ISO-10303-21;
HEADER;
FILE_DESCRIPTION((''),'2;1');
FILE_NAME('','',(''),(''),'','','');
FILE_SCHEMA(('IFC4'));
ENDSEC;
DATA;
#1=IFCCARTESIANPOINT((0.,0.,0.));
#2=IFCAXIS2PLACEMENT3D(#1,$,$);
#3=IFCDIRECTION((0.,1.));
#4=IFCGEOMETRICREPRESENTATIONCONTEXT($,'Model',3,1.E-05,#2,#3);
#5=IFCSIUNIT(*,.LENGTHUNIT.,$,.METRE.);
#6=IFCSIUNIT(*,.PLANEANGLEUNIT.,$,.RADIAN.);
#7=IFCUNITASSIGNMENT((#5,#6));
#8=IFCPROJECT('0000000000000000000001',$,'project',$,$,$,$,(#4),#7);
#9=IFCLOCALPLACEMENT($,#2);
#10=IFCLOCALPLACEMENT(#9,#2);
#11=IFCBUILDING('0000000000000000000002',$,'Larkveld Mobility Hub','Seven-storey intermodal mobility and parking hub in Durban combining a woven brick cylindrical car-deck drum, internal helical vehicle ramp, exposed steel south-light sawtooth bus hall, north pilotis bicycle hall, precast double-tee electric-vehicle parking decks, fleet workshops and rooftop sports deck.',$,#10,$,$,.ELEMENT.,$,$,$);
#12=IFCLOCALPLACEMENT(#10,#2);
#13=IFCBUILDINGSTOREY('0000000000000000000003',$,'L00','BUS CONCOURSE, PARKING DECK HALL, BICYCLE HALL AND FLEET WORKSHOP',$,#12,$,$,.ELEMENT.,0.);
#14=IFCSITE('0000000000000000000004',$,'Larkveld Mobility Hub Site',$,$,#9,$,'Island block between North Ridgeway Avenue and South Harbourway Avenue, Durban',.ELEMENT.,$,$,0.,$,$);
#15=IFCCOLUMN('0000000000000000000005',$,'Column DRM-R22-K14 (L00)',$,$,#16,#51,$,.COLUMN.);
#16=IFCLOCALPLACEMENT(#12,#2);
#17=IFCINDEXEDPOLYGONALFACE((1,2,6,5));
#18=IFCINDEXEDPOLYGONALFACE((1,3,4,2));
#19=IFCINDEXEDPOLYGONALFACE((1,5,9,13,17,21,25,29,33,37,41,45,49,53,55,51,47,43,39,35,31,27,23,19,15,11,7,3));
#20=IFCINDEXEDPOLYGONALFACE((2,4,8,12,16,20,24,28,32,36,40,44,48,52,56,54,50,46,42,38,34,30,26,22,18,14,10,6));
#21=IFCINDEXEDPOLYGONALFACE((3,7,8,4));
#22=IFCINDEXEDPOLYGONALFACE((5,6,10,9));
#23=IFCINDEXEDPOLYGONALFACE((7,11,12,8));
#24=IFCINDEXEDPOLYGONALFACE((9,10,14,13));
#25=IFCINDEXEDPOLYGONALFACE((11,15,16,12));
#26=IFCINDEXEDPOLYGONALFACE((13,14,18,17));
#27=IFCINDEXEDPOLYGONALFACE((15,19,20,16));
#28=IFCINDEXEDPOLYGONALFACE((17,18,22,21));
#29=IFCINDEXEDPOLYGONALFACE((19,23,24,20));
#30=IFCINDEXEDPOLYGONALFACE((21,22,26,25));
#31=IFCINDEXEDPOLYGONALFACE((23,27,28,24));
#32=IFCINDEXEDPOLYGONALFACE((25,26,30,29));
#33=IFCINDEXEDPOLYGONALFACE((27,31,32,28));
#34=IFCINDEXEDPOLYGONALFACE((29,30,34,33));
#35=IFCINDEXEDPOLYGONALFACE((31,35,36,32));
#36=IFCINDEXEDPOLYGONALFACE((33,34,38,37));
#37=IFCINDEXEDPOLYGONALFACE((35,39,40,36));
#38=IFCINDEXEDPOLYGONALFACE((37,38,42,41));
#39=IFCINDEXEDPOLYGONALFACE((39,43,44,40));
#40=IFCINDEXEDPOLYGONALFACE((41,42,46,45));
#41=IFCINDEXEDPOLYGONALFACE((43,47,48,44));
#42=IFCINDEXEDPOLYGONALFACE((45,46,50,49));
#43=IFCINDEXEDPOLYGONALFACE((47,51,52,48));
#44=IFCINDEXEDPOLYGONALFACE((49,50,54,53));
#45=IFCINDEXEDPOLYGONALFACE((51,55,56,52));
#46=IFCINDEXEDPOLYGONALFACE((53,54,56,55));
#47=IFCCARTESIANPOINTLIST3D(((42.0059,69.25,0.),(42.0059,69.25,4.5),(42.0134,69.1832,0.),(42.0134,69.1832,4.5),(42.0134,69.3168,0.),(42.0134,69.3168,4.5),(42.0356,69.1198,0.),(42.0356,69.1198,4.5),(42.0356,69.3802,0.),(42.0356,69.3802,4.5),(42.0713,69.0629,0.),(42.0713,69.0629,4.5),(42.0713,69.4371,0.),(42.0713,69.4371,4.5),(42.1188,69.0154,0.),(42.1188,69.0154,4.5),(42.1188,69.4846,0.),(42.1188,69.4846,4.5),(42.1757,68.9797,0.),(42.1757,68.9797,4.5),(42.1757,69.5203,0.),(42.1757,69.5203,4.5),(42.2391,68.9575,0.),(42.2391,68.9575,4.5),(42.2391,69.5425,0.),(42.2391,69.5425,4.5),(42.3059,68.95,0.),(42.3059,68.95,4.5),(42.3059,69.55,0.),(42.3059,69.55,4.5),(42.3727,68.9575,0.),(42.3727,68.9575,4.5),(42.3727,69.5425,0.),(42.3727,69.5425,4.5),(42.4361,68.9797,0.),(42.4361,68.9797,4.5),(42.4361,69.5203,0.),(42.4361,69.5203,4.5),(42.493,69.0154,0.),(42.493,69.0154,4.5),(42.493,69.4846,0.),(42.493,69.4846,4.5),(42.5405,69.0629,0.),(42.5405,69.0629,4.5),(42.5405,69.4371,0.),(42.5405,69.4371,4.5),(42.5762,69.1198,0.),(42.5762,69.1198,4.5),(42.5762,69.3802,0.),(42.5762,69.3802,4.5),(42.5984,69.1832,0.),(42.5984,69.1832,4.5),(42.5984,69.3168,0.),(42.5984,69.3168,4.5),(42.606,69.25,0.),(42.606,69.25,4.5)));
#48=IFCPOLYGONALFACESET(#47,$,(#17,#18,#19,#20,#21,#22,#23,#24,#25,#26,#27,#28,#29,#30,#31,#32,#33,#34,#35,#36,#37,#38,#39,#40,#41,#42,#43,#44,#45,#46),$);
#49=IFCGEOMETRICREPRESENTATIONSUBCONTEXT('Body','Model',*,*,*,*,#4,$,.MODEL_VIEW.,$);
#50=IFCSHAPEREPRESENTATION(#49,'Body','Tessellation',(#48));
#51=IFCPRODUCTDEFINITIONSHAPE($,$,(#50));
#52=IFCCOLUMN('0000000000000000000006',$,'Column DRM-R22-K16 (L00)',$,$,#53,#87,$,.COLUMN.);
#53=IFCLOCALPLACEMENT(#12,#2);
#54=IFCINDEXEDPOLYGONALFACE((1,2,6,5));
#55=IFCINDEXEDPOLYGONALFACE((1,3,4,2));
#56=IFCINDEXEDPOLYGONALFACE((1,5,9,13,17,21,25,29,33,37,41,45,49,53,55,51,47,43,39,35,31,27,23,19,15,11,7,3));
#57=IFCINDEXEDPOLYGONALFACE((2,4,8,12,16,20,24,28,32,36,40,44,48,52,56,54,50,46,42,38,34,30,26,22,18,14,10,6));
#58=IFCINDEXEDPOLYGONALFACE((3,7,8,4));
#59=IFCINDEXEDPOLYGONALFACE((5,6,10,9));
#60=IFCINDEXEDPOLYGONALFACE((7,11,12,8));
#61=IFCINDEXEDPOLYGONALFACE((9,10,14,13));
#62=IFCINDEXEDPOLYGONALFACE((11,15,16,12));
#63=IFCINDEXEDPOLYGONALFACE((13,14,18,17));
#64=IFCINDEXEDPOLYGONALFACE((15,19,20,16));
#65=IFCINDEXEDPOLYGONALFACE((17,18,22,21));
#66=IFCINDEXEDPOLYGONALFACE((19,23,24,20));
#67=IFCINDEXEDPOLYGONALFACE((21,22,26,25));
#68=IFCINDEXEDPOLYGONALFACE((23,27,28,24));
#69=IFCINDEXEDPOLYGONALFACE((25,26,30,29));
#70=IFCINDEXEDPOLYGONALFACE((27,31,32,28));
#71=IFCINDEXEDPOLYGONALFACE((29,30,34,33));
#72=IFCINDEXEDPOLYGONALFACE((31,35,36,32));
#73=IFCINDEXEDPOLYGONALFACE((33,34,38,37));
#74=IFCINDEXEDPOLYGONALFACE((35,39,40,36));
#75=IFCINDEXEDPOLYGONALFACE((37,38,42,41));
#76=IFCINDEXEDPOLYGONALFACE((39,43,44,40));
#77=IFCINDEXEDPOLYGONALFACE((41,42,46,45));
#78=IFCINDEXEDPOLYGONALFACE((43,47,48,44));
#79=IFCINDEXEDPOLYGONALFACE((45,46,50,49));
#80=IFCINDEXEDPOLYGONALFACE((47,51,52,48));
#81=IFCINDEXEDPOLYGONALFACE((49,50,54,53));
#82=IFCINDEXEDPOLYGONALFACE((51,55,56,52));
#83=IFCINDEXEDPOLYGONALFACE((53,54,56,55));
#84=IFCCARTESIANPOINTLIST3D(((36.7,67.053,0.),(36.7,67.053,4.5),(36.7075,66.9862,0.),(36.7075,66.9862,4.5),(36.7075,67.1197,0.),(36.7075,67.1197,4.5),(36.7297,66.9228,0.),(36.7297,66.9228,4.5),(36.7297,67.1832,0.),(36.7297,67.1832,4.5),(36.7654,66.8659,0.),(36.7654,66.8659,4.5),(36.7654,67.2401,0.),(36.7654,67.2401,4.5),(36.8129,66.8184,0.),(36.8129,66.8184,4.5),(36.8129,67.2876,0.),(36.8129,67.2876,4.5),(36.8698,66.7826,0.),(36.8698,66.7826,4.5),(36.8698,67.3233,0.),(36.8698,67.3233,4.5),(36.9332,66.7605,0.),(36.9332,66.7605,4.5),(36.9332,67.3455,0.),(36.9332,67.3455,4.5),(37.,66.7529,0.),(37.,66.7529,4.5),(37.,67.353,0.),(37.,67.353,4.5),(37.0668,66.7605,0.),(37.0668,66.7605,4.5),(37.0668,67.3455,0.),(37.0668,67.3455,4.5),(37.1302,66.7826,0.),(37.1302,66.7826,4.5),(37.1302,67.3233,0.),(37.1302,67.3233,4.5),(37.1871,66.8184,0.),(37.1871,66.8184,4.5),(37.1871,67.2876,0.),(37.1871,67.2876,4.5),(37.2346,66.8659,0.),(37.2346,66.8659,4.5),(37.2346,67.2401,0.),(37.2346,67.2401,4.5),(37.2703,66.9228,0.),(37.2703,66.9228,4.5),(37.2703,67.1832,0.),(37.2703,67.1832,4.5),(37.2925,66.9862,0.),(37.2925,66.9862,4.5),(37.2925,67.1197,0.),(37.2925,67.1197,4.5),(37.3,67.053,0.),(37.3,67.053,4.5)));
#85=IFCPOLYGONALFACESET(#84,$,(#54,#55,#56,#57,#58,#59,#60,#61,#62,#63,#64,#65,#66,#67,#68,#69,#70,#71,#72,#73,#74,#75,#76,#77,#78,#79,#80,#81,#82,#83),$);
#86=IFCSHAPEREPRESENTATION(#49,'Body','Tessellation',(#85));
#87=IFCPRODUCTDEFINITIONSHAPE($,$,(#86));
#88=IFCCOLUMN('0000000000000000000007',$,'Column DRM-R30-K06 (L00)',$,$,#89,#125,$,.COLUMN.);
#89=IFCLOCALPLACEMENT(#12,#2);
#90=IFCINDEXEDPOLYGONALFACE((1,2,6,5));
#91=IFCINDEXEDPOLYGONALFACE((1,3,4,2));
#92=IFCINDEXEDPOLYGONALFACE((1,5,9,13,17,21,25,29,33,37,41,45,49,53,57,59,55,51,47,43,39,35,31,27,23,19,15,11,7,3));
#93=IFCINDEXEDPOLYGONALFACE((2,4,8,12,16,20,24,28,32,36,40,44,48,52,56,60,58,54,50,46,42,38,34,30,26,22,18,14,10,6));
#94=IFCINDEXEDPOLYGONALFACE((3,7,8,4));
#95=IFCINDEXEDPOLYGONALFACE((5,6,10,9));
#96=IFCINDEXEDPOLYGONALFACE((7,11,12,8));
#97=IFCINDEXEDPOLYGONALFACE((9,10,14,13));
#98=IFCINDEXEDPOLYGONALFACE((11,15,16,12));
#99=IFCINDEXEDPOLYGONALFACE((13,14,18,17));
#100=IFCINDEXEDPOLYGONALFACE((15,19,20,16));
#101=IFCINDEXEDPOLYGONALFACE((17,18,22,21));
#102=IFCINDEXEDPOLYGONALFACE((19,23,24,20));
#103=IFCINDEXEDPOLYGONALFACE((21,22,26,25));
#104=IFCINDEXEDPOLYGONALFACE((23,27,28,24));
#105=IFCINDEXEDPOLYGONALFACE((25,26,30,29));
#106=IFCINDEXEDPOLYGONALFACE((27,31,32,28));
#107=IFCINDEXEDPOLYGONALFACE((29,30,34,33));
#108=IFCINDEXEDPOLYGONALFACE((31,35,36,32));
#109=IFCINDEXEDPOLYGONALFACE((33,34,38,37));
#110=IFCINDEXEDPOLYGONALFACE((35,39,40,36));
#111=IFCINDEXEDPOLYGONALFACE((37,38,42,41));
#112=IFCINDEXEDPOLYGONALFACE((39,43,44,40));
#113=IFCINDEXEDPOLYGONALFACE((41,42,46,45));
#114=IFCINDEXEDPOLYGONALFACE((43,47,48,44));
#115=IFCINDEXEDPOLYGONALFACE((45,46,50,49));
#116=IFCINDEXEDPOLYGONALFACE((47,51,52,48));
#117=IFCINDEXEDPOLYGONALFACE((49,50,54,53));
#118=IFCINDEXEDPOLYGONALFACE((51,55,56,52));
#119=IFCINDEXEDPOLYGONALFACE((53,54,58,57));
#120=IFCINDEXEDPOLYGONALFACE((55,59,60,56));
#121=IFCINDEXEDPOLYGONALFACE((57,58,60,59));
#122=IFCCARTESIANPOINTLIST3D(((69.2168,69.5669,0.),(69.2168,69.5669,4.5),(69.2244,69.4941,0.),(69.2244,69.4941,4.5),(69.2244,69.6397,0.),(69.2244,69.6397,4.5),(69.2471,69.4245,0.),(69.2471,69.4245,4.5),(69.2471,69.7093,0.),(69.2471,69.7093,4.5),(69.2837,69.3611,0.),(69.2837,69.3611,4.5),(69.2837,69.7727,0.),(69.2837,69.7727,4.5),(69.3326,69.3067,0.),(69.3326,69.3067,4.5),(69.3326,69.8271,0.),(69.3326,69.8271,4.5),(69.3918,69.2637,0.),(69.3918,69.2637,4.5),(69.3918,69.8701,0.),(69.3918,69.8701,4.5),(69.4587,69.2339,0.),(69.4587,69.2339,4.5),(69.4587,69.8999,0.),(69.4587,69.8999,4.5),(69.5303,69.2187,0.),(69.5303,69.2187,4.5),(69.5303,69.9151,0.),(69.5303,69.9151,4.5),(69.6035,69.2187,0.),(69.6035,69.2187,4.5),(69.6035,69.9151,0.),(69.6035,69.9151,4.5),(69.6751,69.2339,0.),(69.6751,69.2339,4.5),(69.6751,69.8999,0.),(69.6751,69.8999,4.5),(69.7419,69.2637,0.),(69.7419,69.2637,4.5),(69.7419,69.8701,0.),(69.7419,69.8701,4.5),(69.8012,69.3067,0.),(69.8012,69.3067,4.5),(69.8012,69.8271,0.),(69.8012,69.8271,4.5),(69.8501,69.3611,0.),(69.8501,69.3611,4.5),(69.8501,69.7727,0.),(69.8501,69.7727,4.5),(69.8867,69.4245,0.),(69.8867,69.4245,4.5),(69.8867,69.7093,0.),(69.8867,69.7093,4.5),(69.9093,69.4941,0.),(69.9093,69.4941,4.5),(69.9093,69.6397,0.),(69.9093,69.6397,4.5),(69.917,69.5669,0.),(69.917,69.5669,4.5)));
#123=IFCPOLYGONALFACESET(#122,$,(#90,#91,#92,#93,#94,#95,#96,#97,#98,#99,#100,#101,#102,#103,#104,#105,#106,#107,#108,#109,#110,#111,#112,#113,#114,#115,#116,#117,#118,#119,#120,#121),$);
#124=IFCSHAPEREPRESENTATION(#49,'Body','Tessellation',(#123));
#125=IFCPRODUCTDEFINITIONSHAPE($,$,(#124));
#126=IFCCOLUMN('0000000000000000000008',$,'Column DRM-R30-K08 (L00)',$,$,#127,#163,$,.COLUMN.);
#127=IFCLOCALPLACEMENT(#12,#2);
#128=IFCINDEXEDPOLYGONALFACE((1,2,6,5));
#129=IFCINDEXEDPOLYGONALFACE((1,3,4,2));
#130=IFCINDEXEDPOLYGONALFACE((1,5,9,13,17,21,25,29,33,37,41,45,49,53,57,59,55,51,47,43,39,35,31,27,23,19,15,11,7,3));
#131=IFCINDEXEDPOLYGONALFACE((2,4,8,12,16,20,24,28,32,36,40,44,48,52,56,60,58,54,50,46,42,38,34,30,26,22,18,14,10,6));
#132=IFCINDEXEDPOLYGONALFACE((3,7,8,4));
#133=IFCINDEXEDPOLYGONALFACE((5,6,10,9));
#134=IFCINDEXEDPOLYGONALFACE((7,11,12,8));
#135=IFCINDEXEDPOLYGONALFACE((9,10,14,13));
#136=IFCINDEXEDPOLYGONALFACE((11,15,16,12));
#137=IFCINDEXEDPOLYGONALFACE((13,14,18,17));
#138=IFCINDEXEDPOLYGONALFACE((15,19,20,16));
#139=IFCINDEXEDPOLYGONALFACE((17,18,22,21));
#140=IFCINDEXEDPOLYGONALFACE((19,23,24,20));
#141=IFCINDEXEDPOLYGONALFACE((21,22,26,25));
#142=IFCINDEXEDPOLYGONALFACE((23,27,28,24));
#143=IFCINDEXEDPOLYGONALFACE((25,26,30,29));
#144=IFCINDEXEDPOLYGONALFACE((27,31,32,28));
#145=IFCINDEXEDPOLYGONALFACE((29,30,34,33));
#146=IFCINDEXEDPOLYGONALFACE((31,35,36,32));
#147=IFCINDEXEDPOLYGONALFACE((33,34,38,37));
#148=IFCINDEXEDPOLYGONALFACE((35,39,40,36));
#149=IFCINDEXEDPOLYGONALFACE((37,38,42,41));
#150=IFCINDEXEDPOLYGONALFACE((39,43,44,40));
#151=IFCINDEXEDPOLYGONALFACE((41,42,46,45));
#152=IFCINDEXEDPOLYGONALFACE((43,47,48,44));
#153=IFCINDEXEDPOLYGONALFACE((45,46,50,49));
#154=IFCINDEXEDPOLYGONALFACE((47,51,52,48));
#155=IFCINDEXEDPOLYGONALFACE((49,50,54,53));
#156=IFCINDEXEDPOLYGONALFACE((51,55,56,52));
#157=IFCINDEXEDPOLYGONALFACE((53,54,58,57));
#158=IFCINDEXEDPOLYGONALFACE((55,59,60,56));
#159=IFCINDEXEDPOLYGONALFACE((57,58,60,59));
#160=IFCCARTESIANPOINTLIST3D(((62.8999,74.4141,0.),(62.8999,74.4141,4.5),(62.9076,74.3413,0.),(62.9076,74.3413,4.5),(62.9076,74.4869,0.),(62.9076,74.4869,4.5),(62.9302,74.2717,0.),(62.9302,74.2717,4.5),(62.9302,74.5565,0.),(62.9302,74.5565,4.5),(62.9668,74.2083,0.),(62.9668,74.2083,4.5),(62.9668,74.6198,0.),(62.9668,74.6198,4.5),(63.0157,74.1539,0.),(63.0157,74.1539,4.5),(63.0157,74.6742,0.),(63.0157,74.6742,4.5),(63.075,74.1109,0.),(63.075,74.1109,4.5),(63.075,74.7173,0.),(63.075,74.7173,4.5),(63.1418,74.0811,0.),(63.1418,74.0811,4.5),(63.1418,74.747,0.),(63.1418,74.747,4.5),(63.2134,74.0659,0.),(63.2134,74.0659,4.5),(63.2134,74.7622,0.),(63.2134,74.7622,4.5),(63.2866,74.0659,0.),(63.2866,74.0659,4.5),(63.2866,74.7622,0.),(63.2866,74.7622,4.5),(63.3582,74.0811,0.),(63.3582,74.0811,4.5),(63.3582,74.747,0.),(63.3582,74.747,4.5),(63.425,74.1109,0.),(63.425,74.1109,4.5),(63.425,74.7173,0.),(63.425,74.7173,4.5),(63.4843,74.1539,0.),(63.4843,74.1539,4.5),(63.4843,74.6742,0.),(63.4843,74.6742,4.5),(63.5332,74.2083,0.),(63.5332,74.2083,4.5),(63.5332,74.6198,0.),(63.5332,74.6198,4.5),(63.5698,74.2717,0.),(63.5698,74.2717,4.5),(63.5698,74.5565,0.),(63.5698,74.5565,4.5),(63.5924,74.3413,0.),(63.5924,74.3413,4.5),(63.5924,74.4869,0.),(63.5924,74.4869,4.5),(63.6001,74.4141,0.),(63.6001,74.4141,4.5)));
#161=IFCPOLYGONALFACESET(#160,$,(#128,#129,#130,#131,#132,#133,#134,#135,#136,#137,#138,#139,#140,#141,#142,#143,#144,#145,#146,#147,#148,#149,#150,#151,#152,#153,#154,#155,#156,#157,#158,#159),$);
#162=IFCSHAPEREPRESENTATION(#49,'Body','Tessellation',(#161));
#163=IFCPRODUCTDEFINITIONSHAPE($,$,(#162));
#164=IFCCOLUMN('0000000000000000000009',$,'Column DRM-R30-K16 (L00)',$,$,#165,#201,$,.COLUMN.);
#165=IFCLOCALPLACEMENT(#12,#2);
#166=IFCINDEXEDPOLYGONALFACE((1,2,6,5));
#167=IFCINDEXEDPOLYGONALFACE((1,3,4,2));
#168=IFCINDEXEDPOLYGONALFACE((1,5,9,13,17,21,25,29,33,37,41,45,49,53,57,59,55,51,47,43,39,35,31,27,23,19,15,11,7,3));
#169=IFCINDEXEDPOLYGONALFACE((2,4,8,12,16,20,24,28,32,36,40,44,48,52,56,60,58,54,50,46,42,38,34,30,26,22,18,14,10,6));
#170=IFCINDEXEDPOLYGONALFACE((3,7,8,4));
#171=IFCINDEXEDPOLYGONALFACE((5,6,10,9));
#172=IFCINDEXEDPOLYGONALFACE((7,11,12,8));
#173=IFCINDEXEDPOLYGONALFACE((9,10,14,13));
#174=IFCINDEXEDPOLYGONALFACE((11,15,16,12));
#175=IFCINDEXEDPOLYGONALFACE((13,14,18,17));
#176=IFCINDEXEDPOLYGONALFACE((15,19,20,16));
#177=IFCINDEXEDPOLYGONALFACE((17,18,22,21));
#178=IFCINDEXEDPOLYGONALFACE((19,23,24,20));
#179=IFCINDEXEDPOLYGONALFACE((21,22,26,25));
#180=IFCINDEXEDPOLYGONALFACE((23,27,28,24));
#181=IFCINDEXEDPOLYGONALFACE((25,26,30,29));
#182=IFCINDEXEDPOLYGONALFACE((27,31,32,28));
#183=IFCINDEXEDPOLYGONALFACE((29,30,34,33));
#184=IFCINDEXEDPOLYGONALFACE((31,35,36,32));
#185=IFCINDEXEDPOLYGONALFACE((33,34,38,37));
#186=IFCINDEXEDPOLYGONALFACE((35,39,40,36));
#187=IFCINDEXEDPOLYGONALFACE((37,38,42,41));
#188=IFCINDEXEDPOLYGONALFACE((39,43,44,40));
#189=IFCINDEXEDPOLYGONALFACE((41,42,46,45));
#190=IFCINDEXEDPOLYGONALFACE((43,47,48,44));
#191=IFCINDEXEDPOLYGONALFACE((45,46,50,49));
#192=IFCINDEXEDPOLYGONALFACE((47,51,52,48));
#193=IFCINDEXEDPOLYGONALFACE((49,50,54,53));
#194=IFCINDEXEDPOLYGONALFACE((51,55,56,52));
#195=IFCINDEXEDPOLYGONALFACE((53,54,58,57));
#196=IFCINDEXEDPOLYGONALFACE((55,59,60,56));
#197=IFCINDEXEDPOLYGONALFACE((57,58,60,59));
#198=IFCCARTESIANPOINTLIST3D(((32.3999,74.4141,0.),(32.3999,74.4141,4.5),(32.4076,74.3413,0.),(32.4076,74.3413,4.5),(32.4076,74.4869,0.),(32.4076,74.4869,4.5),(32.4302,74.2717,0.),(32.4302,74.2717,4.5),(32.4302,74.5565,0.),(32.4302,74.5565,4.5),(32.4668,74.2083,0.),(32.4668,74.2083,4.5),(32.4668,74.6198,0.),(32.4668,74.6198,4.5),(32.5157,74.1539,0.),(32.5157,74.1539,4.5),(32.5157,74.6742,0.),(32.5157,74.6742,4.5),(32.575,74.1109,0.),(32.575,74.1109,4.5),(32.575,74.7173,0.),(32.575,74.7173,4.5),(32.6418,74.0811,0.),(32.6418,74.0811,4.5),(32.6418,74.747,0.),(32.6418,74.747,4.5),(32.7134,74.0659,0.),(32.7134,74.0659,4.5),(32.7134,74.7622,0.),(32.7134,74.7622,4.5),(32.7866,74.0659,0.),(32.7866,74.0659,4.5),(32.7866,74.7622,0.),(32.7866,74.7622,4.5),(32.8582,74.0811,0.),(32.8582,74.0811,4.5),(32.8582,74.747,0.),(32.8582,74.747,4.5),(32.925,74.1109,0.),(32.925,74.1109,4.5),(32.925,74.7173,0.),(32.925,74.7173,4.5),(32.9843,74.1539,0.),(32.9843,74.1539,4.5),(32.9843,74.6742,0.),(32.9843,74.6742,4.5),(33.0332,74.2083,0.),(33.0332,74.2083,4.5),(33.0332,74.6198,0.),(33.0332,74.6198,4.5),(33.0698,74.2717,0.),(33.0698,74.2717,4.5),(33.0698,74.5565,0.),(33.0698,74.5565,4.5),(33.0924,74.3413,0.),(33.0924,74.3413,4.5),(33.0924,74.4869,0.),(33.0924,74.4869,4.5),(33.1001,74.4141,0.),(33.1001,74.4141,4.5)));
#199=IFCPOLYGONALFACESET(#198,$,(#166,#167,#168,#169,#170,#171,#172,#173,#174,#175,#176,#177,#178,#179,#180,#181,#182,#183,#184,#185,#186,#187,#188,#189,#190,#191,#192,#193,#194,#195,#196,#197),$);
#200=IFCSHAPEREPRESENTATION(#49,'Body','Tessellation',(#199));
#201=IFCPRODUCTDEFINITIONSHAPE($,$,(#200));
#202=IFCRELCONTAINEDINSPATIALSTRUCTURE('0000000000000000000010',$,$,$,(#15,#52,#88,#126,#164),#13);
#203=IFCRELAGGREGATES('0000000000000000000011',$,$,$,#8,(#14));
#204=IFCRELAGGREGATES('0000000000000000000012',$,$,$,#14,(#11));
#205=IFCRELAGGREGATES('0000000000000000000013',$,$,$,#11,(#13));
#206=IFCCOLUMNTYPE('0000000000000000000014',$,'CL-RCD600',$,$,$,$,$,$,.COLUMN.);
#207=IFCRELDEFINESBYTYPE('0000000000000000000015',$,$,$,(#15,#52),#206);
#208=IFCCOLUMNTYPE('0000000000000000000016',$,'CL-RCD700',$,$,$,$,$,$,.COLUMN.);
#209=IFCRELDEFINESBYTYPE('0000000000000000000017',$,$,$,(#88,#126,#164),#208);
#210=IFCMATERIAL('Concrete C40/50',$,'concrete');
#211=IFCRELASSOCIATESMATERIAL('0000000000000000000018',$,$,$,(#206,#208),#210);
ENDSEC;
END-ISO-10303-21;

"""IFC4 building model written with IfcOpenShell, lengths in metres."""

from ifc_helpers import new_model, si_unit, direction, frame, origin, origin_2d, place, context, subcontext, project, spatial, circle, extrude, material, material_profile, profile_set, type_object, element, save


model = new_model("IFC4")

# Units and contexts
model_context = context("Model", 3, precision=1e-05, world=origin(), true_north=direction((0.0, 1.0)))
body_context = subcontext(model_context, "Body", "Model", "MODEL_VIEW")
ifc_project = project(units=[si_unit("LENGTHUNIT", "METRE"), si_unit("PLANEANGLEUNIT", "RADIAN")], contexts=[model_context])

# Site, building, storey
site_placement = place(None, origin())
site = spatial("IfcSite", under=ifc_project, at=site_placement, Name="Larkveld Mobility Hub Site", LongName="Island block between North Ridgeway Avenue and South Harbourway Avenue, Durban", CompositionType="ELEMENT", RefElevation=0.0)
building_placement = place(site_placement, origin())
building = spatial("IfcBuilding", under=site, at=building_placement, Name="Larkveld Mobility Hub", Description="Seven-storey intermodal mobility and parking hub in Durban combining a woven brick cylindrical car-deck drum, internal helical vehicle ramp, exposed steel south-light sawtooth bus hall, north pilotis bicycle hall, precast double-tee electric-vehicle parking decks, fleet workshops and rooftop sports deck.", CompositionType="ELEMENT")
storey_placement = place(building_placement, origin())
storey = spatial("IfcBuildingStorey", under=building, at=storey_placement, Name="L00", Description="BUS CONCOURSE, PARKING DECK HALL, BICYCLE HALL AND FLEET WORKSHOP", CompositionType="ELEMENT", Elevation=0.0)

# Columns
ifc_material_1 = material(Name="Concrete C40/50", Category="concrete")
ifc_material_profile_1 = material_profile(ifc_material_1, circle(Radius=0.3, at=origin_2d()), Name="RC COL D600")
ifc_profile_set_1 = profile_set([ifc_material_profile_1], Name="Concrete C40/50")
column_type_1 = type_object("IfcColumnType", Name="CL-RCD600", PredefinedType="COLUMN", material=ifc_profile_set_1)
for number, where, z_axis, x_axis, name in (
    (1, (42.3059, 69.25, 0.0), (0.0, 0.0, 1.0), (1.0, 0.0, 0.0), "Column DRM-R22-K14 (L00)"),
    (2, (37.0, 67.053, 0.0), (0.0, 0.0, 1.0), (1.0, 0.0, 0.0), "Column DRM-R22-K16 (L00)"),
):
    element("IfcColumn", number, at=place(storey_placement, frame(where, z_axis=z_axis, x_axis=x_axis)), inside=storey, type_object=column_type_1, Name=name, PredefinedType="COLUMN", context=body_context, shape_type="SweptSolid", body=[
        extrude(circle(Radius=0.3, at=origin_2d()), origin(), (0.0, 0.0, 1.0), 4.5),
    ])
ifc_material_profile_2 = material_profile(ifc_material_1, circle(Radius=0.3501, at=origin_2d()), Name="RC COL D700")
ifc_profile_set_2 = profile_set([ifc_material_profile_2], Name="Concrete C40/50")
column_type_2 = type_object("IfcColumnType", Name="CL-RCD700", PredefinedType="COLUMN", material=ifc_profile_set_2)
for number, where, z_axis, x_axis, name in (
    (3, (69.5669, 69.5669, 0.0), (0.0, 0.0, 1.0), (1.0, 0.0, 0.0), "Column DRM-R30-K06 (L00)"),
    (4, (63.25, 74.4141, 0.0), (0.0, 0.0, 1.0), (1.0, 0.0, 0.0), "Column DRM-R30-K08 (L00)"),
    (5, (32.75, 74.4141, 0.0), (0.0, 0.0, 1.0), (1.0, 0.0, 0.0), "Column DRM-R30-K16 (L00)"),
):
    element("IfcColumn", number, at=place(storey_placement, frame(where, z_axis=z_axis, x_axis=x_axis)), inside=storey, type_object=column_type_2, Name=name, PredefinedType="COLUMN", context=body_context, shape_type="SweptSolid", body=[
        extrude(circle(Radius=0.3501, at=origin_2d()), origin(), (0.0, 0.0, 1.0), 4.5),
    ])

save(model, "model.ifc")
